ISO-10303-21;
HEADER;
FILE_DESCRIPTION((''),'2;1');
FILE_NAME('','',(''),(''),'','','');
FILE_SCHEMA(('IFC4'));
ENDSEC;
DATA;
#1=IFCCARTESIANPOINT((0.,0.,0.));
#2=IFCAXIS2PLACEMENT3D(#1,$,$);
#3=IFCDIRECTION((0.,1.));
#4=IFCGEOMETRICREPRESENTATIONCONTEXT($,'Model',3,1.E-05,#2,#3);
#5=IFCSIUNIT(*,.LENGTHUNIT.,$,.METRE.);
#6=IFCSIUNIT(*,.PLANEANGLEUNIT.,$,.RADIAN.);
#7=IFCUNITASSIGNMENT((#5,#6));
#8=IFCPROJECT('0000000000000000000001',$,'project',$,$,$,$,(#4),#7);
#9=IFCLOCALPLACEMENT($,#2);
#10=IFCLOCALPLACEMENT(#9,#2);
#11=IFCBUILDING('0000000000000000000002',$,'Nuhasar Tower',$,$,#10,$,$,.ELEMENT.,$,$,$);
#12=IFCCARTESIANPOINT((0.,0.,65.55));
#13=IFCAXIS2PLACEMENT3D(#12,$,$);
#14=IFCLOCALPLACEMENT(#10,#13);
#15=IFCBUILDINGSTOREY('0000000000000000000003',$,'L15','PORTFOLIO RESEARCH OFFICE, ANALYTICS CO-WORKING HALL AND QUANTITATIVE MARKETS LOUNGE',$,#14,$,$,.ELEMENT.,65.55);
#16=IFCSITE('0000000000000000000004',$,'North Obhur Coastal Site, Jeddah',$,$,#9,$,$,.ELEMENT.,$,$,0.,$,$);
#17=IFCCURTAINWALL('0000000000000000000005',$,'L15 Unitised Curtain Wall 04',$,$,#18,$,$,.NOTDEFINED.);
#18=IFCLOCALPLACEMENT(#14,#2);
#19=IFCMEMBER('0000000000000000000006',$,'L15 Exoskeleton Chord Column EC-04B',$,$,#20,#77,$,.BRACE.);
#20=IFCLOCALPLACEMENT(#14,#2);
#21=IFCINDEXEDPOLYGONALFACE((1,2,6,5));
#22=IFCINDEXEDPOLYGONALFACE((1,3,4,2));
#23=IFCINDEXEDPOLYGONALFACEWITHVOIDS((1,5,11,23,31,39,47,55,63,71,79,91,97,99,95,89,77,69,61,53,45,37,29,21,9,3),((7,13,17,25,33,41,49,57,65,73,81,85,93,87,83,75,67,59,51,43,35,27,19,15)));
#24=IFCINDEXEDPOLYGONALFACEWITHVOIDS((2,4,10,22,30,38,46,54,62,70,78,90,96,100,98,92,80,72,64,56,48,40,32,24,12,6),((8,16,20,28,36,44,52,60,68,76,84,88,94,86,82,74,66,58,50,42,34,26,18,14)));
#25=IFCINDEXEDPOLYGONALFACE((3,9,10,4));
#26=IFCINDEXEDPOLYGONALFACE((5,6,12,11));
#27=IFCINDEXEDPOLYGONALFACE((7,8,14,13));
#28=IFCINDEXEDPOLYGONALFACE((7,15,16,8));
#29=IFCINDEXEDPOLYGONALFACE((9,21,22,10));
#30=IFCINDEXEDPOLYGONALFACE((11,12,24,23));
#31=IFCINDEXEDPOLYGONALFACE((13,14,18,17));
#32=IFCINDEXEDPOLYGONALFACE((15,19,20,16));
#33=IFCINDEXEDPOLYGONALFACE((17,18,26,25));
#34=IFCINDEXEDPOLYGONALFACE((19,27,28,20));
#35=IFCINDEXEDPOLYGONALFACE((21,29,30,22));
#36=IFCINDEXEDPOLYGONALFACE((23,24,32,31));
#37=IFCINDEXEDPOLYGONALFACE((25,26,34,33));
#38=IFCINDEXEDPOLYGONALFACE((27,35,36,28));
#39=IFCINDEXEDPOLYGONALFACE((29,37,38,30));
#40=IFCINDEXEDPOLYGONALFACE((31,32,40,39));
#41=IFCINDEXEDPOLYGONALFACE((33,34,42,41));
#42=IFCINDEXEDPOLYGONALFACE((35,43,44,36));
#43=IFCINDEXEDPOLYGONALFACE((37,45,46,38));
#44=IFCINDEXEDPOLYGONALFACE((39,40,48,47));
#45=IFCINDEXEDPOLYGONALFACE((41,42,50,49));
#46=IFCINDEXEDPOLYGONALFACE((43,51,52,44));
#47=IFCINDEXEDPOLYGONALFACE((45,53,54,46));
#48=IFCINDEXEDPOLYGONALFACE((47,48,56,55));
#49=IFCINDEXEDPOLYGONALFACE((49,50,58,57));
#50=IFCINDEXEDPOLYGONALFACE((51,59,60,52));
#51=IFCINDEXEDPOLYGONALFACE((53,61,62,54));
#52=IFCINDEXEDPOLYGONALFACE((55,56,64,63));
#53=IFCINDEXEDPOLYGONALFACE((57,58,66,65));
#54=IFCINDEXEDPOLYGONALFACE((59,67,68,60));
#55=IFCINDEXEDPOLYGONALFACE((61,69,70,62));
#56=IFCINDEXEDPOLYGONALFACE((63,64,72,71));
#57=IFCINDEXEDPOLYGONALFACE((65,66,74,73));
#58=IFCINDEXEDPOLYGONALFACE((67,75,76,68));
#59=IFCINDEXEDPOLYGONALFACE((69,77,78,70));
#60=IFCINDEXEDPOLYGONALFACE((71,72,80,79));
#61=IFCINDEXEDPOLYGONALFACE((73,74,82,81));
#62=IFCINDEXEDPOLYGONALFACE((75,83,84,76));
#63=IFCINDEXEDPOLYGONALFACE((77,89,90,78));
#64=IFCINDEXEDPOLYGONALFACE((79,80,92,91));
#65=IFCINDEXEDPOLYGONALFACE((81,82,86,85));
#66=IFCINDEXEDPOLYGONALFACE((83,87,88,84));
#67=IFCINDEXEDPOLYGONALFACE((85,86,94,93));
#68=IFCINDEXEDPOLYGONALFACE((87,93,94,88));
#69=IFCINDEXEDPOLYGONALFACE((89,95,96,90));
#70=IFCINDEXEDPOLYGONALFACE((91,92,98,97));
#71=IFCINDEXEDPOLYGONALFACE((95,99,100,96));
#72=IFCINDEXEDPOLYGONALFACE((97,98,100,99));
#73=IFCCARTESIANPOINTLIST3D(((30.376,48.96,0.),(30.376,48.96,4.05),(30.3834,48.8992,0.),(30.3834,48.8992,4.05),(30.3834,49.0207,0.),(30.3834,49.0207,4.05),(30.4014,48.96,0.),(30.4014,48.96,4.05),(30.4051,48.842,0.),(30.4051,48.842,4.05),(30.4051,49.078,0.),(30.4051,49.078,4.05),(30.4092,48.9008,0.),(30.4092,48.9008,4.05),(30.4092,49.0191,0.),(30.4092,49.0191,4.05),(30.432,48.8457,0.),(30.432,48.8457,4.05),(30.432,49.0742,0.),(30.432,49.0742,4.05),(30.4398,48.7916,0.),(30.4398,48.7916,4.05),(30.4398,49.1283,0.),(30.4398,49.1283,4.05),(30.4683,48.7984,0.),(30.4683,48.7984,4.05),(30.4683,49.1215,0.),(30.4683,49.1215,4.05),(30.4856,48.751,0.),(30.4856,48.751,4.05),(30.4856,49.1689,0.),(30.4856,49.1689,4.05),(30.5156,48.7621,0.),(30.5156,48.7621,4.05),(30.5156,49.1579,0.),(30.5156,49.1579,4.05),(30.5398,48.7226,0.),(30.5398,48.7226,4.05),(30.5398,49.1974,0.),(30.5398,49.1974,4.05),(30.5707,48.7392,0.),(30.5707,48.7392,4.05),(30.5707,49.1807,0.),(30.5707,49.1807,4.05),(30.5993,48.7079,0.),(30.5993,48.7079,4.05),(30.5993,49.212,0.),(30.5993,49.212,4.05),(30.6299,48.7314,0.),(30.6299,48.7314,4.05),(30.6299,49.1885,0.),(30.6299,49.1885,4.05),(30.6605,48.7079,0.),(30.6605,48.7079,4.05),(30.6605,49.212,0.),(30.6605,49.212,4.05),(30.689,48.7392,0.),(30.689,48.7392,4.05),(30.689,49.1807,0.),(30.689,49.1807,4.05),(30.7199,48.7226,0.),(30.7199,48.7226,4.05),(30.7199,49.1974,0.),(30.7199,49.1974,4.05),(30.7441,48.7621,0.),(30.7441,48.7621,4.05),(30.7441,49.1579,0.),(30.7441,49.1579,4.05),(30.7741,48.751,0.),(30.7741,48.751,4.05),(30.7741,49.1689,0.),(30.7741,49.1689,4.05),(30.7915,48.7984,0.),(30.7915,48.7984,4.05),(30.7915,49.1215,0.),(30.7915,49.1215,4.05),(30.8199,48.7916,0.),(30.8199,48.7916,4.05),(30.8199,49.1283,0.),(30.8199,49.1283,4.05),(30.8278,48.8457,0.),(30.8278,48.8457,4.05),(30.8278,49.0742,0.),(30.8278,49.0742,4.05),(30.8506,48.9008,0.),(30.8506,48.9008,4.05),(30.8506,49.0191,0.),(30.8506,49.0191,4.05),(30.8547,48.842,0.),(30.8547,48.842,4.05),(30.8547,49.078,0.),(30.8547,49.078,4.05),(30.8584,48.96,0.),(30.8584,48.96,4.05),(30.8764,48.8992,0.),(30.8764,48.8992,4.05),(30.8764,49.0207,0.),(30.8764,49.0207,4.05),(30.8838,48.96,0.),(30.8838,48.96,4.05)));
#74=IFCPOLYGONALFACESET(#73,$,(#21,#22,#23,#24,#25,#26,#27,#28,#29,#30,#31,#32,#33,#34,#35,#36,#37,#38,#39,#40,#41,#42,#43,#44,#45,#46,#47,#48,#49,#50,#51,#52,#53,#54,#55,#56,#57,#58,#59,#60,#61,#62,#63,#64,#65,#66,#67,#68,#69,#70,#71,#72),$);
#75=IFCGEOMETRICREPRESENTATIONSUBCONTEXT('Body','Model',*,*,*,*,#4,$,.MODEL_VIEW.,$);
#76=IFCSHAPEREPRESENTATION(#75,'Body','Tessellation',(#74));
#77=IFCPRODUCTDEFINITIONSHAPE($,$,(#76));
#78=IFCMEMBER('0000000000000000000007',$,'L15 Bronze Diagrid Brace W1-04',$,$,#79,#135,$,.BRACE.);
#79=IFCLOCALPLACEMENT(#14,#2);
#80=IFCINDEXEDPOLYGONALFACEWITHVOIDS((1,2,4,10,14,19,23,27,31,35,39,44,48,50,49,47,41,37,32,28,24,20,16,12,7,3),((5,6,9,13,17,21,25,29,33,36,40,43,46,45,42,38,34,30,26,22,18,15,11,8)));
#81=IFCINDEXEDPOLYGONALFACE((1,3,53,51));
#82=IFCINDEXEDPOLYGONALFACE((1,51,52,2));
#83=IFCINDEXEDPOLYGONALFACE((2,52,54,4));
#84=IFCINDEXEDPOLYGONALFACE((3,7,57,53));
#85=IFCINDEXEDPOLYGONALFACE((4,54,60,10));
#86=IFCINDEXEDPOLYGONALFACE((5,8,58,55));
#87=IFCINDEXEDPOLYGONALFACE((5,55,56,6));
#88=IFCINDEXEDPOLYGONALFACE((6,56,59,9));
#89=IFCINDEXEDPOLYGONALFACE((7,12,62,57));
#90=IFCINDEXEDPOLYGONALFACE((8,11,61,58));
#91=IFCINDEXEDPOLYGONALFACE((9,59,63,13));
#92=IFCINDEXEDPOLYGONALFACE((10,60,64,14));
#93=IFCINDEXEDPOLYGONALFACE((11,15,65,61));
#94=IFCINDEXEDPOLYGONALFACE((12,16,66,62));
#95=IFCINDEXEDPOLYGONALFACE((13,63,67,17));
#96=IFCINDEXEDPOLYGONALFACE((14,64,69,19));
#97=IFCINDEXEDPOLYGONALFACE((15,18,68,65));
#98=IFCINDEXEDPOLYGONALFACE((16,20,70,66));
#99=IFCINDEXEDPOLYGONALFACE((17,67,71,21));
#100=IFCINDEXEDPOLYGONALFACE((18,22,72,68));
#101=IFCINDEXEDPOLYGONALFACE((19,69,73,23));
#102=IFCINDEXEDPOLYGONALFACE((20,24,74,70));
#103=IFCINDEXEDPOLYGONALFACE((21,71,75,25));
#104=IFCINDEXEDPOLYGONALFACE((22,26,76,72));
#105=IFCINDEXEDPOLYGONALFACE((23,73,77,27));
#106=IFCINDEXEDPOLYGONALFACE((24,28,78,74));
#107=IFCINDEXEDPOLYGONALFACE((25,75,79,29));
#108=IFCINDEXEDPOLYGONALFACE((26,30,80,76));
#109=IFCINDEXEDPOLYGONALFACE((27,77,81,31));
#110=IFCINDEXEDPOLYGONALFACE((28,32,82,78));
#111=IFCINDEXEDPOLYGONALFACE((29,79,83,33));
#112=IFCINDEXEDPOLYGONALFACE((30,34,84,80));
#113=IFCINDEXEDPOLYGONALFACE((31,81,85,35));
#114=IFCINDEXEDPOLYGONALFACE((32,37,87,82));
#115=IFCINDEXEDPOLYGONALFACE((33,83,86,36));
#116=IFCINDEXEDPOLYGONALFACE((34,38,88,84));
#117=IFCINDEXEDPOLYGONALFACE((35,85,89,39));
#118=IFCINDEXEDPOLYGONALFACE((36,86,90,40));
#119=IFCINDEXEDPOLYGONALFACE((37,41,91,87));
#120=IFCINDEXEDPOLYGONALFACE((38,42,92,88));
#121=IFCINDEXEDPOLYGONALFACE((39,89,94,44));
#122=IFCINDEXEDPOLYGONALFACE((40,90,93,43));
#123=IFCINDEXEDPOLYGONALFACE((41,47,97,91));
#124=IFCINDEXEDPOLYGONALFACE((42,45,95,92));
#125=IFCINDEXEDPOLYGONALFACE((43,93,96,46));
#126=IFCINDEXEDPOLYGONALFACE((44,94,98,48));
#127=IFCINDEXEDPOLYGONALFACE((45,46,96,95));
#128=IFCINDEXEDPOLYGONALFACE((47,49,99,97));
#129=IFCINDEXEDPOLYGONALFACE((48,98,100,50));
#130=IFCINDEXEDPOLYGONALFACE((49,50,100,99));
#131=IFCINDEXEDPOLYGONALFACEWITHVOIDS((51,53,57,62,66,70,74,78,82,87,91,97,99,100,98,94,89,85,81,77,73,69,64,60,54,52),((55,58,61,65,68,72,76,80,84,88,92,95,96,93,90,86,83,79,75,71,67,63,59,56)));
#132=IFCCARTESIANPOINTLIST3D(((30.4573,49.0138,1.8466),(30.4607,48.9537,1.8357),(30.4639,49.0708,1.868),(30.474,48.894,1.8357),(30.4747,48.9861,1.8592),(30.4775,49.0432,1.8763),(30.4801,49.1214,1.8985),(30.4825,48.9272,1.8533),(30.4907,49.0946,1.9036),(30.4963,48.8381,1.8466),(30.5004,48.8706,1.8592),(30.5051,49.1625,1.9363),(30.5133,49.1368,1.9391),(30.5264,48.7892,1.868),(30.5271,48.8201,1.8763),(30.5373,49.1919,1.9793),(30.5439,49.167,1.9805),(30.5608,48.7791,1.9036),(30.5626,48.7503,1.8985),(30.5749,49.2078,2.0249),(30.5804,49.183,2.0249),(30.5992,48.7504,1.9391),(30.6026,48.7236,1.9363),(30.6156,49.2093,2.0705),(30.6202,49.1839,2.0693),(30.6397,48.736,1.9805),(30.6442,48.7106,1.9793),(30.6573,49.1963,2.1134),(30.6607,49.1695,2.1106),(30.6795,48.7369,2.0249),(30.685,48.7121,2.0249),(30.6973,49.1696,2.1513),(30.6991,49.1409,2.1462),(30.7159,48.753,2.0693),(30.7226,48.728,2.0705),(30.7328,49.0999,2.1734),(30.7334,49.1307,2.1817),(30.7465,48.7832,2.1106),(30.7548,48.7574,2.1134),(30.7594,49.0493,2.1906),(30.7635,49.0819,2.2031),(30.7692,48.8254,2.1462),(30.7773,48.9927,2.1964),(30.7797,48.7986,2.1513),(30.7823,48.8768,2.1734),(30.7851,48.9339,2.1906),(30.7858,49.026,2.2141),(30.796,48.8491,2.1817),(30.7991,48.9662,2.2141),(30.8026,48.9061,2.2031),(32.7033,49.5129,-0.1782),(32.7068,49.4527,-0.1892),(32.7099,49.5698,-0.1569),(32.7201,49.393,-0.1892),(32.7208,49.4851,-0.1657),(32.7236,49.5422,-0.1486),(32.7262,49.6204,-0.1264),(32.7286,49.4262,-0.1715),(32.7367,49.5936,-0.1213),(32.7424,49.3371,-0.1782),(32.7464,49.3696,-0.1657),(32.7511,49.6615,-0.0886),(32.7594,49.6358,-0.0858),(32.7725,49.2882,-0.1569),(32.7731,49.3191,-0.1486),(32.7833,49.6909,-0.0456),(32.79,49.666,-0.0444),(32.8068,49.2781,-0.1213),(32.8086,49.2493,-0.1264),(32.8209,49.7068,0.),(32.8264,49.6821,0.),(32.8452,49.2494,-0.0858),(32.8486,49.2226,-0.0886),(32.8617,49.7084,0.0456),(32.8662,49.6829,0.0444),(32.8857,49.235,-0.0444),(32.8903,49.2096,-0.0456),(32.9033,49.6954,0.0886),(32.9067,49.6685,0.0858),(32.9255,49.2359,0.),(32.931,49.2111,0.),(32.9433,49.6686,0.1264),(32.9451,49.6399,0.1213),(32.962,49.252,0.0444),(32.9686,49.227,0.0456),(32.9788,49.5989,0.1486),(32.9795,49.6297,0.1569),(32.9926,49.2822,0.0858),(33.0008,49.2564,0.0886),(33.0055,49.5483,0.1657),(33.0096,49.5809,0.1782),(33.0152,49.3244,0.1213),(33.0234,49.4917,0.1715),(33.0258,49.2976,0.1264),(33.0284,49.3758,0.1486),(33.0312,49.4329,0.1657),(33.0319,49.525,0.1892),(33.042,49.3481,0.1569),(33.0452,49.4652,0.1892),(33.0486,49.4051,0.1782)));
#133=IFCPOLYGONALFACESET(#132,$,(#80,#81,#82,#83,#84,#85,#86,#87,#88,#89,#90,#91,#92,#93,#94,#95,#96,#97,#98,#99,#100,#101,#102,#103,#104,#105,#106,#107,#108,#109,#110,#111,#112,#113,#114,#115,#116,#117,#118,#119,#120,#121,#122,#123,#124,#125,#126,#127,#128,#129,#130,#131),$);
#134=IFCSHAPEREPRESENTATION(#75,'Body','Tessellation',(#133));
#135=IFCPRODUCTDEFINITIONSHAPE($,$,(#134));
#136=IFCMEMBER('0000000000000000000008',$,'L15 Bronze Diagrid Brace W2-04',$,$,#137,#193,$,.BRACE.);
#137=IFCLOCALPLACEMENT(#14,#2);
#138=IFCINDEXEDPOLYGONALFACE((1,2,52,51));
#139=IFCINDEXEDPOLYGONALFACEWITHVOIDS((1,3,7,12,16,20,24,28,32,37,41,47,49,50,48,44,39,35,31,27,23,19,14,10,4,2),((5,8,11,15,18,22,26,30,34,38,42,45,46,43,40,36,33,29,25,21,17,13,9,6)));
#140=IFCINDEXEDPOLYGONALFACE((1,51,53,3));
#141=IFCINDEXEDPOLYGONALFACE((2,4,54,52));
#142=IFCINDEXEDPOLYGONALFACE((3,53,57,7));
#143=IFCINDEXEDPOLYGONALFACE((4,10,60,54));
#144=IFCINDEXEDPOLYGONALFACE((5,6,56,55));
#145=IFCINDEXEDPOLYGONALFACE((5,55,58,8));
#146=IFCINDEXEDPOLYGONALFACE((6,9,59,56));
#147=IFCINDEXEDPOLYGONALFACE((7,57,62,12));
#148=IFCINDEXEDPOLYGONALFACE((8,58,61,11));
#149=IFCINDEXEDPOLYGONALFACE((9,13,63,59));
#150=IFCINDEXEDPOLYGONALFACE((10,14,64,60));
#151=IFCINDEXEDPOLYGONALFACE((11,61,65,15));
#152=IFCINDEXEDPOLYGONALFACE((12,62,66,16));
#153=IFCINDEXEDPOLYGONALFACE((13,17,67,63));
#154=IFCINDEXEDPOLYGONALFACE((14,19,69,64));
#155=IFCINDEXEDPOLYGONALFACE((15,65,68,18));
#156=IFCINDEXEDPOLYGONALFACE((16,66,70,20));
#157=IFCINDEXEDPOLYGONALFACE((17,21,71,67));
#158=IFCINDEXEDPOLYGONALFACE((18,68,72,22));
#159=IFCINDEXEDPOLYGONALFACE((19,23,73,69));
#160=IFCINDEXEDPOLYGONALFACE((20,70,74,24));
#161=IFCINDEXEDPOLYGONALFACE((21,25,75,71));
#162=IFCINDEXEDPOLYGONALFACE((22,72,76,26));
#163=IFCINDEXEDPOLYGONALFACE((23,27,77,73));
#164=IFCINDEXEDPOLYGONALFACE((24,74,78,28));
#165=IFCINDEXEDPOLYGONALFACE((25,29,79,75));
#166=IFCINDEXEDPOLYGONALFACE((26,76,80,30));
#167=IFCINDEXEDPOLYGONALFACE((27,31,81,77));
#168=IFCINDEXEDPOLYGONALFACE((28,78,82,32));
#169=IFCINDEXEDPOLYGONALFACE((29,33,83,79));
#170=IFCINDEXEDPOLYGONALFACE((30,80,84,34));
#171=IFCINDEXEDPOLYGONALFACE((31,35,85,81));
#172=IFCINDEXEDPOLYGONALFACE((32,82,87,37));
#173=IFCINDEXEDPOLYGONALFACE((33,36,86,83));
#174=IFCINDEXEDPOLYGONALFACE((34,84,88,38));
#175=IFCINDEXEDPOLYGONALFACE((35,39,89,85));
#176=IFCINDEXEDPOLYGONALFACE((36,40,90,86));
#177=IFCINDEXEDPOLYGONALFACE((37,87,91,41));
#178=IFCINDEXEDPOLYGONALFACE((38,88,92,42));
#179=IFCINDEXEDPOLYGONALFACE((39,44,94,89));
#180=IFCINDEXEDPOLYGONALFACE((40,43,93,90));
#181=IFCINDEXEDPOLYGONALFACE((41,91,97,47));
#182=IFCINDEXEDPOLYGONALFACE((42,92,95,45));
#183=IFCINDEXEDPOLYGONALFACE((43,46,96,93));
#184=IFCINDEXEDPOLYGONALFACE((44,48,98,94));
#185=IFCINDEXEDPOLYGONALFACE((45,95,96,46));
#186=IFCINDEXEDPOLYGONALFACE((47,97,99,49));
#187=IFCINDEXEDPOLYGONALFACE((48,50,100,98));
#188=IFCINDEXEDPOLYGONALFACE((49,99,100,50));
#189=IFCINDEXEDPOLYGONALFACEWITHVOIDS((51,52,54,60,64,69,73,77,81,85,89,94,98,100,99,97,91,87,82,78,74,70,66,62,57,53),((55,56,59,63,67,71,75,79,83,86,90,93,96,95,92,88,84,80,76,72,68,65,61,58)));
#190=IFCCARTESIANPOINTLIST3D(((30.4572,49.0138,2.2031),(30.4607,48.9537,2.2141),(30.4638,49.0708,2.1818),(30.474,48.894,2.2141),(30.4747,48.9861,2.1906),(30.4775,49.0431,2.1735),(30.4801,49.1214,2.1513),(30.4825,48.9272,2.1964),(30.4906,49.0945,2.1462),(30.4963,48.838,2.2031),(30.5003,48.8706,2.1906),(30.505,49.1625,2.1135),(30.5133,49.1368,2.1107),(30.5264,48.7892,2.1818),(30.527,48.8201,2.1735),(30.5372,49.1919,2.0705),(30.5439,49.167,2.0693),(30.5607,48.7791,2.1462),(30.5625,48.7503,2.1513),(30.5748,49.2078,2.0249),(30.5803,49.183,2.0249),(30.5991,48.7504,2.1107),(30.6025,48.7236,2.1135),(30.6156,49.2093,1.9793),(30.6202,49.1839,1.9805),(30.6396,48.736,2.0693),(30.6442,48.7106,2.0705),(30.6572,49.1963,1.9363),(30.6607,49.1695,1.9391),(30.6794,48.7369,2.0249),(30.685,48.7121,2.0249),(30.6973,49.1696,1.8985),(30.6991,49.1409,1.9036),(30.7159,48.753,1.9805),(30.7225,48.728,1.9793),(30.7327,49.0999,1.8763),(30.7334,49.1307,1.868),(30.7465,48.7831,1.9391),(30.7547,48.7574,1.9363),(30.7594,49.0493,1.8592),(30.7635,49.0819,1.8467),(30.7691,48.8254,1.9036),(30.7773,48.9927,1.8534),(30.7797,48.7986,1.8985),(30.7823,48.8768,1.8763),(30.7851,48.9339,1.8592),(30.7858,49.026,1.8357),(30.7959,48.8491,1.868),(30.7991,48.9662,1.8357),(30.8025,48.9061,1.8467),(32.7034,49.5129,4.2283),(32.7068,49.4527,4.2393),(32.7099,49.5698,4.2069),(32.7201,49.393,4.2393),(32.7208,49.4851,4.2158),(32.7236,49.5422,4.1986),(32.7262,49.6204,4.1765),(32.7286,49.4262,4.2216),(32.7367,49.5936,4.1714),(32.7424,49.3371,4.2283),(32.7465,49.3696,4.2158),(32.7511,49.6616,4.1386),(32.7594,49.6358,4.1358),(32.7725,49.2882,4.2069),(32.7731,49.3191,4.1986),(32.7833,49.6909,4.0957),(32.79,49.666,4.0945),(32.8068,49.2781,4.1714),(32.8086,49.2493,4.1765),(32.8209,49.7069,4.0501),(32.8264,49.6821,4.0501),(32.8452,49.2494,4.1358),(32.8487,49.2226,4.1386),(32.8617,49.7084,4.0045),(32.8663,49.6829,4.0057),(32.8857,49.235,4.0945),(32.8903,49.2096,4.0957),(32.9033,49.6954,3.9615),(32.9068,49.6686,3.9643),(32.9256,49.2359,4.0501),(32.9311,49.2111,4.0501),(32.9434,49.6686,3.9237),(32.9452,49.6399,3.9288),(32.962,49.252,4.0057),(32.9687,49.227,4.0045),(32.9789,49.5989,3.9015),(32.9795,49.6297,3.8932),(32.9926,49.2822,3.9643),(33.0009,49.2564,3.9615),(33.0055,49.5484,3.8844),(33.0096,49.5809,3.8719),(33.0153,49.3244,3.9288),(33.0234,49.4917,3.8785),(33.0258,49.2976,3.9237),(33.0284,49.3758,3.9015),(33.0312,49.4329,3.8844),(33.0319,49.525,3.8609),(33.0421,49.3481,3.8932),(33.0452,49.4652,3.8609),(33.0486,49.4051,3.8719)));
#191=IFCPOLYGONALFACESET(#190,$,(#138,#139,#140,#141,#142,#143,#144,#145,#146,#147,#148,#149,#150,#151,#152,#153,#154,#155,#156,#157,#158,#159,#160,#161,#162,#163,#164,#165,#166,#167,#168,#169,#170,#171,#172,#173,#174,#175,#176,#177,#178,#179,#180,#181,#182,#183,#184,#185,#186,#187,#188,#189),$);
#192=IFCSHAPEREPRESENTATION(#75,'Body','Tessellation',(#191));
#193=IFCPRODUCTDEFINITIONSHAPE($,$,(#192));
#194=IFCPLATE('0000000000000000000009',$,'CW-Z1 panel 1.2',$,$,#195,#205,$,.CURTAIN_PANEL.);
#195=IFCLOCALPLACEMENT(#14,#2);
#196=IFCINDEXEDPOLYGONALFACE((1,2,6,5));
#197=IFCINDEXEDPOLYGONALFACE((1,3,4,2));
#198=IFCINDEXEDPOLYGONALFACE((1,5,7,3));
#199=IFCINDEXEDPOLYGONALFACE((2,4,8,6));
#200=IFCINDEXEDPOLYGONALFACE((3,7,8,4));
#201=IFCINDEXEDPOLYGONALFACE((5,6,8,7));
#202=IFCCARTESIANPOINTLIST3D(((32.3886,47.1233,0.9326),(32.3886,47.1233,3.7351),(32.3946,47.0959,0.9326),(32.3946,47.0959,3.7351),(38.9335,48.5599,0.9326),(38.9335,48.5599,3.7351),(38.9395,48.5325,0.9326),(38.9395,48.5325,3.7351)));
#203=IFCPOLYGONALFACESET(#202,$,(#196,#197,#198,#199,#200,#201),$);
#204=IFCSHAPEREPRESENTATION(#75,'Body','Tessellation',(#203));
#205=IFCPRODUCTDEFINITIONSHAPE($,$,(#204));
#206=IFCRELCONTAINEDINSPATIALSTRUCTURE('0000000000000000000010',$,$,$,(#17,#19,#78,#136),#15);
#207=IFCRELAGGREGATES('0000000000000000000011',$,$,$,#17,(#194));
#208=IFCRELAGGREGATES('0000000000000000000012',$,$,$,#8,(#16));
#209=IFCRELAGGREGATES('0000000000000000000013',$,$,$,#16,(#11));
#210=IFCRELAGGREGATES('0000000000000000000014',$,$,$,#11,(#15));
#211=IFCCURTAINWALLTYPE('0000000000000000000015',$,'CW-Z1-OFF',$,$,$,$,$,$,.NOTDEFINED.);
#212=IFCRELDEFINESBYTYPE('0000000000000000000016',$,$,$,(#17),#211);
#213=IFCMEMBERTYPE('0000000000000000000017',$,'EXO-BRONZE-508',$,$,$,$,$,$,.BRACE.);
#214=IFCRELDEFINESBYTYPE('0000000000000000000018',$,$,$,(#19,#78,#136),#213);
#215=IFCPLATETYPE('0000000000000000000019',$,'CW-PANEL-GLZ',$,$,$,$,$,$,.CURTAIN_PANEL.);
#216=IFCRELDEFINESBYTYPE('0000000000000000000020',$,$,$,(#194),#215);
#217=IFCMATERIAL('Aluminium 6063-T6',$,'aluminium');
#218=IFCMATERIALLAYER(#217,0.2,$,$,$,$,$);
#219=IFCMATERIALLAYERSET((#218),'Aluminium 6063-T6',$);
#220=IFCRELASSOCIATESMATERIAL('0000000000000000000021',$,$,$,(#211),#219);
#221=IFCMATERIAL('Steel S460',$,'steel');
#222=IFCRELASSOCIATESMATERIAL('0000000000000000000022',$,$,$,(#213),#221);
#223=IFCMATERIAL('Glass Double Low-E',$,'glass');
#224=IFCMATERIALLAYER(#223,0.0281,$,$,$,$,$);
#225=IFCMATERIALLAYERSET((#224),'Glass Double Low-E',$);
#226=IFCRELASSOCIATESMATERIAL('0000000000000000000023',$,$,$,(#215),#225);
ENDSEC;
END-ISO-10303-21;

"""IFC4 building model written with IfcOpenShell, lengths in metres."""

from ifc_helpers import new_model, si_unit, direction, frame, origin, origin_2d, place, context, subcontext, project, spatial, rectangle, hollow_circle, extrude, material, layer, layer_set, material_profile, profile_set, type_object, element, aggregate, save


model = new_model("IFC4")

# Units and contexts
model_context = context("Model", 3, precision=1e-05, world=origin(), true_north=direction((0.0, 1.0)))
body_context = subcontext(model_context, "Body", "Model", "MODEL_VIEW")
ifc_project = project(units=[si_unit("LENGTHUNIT", "METRE"), si_unit("PLANEANGLEUNIT", "RADIAN")], contexts=[model_context])

# Site, building, storey
site_placement = place(None, origin())
site = spatial("IfcSite", under=ifc_project, at=site_placement, Name="North Obhur Coastal Site, Jeddah", CompositionType="ELEMENT", RefElevation=0.0)
building_placement = place(site_placement, origin())
building = spatial("IfcBuilding", under=site, at=building_placement, Name="Nuhasar Tower", CompositionType="ELEMENT")
storey_placement = place(building_placement, frame((0.0, 0.0, 65.55)))
storey = spatial("IfcBuildingStorey", under=building, at=storey_placement, Name="L15", Description="PORTFOLIO RESEARCH OFFICE, ANALYTICS CO-WORKING HALL AND QUANTITATIVE MARKETS LOUNGE", CompositionType="ELEMENT", Elevation=65.55)

# Curtain wall
ifc_material_1 = material(Name="Aluminium 6063-T6", Category="aluminium")
ifc_layer_1 = layer(ifc_material_1, 0.2)
ifc_layer_set_1 = layer_set([ifc_layer_1], Name="Aluminium 6063-T6")
curtain_wall_type = type_object("IfcCurtainWallType", Name="CW-Z1-OFF", PredefinedType="NOTDEFINED", material=ifc_layer_set_1)
curtain_wall_placement = place(storey_placement, origin())
curtain_wall = element("IfcCurtainWall", 1, at=curtain_wall_placement, inside=storey, type_object=curtain_wall_type, Name="L15 Unitised Curtain Wall 04", PredefinedType="NOTDEFINED")

# Members
ifc_material_2 = material(Name="Steel S460", Category="steel")
ifc_material_profile_1 = material_profile(ifc_material_2, hollow_circle(Radius=0.2539, WallThickness=0.0254, at=origin_2d()), Name="HSS508X25.4")
ifc_profile_set_1 = profile_set([ifc_material_profile_1], Name="Steel S460")
member_type_1 = type_object("IfcMemberType", Name="EXO-BRONZE-508", PredefinedType="BRACE", material=ifc_profile_set_1)
for number, where, z_axis, x_axis, name in (
    (2, (30.6299, 48.96, 0.0), (0.0, 0.0, 1.0), (1.0, 0.0, 0.0), "L15 Exoskeleton Chord Column EC-04B"),
):
    element("IfcMember", number, at=place(storey_placement, frame(where, z_axis=z_axis, x_axis=x_axis)), inside=storey, type_object=member_type_1, Name=name, PredefinedType="BRACE", context=body_context, shape_type="SweptSolid", body=[
        extrude(hollow_circle(Radius=0.2539, WallThickness=0.0254, at=origin_2d()), origin(), (0.0, 0.0, 1.0), 4.05),
    ])
member_1_placement = place(storey_placement, frame((32.876, 49.459, 0.0), z_axis=(-0.732821, -0.162814, 0.660654), x_axis=(0.216886, -0.976197, 0.0)))
element("IfcMember", 3, at=member_1_placement, inside=storey, type_object=member_type_1, Name="L15 Bronze Diagrid Brace W1-04", PredefinedType="BRACE", context=body_context, shape_type="SweptSolid", body=[
    extrude(hollow_circle(Radius=0.2539, WallThickness=0.0254, at=origin_2d()), origin(), (0.0, 0.0, 1.0), 3.0649),
])
member_2_placement = place(storey_placement, frame((30.6299, 48.96, 2.0249), z_axis=(0.732783, 0.162805, 0.660699), x_axis=(-0.216886, 0.976197, 0.0)))
element("IfcMember", 4, at=member_2_placement, inside=storey, type_object=member_type_1, Name="L15 Bronze Diagrid Brace W2-04", PredefinedType="BRACE", context=body_context, shape_type="SweptSolid", body=[
    extrude(hollow_circle(Radius=0.2539, WallThickness=0.0254, at=origin_2d()), origin(), (0.0, 0.0, 1.0), 3.0652),
])

# Plate
ifc_material_3 = material(Name="Glass Double Low-E", Category="glass")
ifc_layer_2 = layer(ifc_material_3, 0.0281)
ifc_layer_set_2 = layer_set([ifc_layer_2], Name="Glass Double Low-E")
plate_type_1 = type_object("IfcPlateType", Name="CW-PANEL-GLZ", PredefinedType="CURTAIN_PANEL", material=ifc_layer_set_2)
plate_1_placement = place(storey_placement, frame((35.6641, 47.8279, 0.9326), z_axis=(0.0, 0.0, 1.0), x_axis=(-0.976746, -0.214399, 0.0)))
plate_1 = element("IfcPlate", 5, at=plate_1_placement, type_object=plate_type_1, Name="CW-Z1 panel 1.2", PredefinedType="CURTAIN_PANEL", context=body_context, shape_type="SweptSolid", body=[
    extrude(rectangle(XDim=6.7007, YDim=0.0281, at=origin_2d()), origin(), (0.0, 0.0, 1.0), 2.8025),
])
aggregate(curtain_wall, [plate_1])

save(model, "model.ifc")
